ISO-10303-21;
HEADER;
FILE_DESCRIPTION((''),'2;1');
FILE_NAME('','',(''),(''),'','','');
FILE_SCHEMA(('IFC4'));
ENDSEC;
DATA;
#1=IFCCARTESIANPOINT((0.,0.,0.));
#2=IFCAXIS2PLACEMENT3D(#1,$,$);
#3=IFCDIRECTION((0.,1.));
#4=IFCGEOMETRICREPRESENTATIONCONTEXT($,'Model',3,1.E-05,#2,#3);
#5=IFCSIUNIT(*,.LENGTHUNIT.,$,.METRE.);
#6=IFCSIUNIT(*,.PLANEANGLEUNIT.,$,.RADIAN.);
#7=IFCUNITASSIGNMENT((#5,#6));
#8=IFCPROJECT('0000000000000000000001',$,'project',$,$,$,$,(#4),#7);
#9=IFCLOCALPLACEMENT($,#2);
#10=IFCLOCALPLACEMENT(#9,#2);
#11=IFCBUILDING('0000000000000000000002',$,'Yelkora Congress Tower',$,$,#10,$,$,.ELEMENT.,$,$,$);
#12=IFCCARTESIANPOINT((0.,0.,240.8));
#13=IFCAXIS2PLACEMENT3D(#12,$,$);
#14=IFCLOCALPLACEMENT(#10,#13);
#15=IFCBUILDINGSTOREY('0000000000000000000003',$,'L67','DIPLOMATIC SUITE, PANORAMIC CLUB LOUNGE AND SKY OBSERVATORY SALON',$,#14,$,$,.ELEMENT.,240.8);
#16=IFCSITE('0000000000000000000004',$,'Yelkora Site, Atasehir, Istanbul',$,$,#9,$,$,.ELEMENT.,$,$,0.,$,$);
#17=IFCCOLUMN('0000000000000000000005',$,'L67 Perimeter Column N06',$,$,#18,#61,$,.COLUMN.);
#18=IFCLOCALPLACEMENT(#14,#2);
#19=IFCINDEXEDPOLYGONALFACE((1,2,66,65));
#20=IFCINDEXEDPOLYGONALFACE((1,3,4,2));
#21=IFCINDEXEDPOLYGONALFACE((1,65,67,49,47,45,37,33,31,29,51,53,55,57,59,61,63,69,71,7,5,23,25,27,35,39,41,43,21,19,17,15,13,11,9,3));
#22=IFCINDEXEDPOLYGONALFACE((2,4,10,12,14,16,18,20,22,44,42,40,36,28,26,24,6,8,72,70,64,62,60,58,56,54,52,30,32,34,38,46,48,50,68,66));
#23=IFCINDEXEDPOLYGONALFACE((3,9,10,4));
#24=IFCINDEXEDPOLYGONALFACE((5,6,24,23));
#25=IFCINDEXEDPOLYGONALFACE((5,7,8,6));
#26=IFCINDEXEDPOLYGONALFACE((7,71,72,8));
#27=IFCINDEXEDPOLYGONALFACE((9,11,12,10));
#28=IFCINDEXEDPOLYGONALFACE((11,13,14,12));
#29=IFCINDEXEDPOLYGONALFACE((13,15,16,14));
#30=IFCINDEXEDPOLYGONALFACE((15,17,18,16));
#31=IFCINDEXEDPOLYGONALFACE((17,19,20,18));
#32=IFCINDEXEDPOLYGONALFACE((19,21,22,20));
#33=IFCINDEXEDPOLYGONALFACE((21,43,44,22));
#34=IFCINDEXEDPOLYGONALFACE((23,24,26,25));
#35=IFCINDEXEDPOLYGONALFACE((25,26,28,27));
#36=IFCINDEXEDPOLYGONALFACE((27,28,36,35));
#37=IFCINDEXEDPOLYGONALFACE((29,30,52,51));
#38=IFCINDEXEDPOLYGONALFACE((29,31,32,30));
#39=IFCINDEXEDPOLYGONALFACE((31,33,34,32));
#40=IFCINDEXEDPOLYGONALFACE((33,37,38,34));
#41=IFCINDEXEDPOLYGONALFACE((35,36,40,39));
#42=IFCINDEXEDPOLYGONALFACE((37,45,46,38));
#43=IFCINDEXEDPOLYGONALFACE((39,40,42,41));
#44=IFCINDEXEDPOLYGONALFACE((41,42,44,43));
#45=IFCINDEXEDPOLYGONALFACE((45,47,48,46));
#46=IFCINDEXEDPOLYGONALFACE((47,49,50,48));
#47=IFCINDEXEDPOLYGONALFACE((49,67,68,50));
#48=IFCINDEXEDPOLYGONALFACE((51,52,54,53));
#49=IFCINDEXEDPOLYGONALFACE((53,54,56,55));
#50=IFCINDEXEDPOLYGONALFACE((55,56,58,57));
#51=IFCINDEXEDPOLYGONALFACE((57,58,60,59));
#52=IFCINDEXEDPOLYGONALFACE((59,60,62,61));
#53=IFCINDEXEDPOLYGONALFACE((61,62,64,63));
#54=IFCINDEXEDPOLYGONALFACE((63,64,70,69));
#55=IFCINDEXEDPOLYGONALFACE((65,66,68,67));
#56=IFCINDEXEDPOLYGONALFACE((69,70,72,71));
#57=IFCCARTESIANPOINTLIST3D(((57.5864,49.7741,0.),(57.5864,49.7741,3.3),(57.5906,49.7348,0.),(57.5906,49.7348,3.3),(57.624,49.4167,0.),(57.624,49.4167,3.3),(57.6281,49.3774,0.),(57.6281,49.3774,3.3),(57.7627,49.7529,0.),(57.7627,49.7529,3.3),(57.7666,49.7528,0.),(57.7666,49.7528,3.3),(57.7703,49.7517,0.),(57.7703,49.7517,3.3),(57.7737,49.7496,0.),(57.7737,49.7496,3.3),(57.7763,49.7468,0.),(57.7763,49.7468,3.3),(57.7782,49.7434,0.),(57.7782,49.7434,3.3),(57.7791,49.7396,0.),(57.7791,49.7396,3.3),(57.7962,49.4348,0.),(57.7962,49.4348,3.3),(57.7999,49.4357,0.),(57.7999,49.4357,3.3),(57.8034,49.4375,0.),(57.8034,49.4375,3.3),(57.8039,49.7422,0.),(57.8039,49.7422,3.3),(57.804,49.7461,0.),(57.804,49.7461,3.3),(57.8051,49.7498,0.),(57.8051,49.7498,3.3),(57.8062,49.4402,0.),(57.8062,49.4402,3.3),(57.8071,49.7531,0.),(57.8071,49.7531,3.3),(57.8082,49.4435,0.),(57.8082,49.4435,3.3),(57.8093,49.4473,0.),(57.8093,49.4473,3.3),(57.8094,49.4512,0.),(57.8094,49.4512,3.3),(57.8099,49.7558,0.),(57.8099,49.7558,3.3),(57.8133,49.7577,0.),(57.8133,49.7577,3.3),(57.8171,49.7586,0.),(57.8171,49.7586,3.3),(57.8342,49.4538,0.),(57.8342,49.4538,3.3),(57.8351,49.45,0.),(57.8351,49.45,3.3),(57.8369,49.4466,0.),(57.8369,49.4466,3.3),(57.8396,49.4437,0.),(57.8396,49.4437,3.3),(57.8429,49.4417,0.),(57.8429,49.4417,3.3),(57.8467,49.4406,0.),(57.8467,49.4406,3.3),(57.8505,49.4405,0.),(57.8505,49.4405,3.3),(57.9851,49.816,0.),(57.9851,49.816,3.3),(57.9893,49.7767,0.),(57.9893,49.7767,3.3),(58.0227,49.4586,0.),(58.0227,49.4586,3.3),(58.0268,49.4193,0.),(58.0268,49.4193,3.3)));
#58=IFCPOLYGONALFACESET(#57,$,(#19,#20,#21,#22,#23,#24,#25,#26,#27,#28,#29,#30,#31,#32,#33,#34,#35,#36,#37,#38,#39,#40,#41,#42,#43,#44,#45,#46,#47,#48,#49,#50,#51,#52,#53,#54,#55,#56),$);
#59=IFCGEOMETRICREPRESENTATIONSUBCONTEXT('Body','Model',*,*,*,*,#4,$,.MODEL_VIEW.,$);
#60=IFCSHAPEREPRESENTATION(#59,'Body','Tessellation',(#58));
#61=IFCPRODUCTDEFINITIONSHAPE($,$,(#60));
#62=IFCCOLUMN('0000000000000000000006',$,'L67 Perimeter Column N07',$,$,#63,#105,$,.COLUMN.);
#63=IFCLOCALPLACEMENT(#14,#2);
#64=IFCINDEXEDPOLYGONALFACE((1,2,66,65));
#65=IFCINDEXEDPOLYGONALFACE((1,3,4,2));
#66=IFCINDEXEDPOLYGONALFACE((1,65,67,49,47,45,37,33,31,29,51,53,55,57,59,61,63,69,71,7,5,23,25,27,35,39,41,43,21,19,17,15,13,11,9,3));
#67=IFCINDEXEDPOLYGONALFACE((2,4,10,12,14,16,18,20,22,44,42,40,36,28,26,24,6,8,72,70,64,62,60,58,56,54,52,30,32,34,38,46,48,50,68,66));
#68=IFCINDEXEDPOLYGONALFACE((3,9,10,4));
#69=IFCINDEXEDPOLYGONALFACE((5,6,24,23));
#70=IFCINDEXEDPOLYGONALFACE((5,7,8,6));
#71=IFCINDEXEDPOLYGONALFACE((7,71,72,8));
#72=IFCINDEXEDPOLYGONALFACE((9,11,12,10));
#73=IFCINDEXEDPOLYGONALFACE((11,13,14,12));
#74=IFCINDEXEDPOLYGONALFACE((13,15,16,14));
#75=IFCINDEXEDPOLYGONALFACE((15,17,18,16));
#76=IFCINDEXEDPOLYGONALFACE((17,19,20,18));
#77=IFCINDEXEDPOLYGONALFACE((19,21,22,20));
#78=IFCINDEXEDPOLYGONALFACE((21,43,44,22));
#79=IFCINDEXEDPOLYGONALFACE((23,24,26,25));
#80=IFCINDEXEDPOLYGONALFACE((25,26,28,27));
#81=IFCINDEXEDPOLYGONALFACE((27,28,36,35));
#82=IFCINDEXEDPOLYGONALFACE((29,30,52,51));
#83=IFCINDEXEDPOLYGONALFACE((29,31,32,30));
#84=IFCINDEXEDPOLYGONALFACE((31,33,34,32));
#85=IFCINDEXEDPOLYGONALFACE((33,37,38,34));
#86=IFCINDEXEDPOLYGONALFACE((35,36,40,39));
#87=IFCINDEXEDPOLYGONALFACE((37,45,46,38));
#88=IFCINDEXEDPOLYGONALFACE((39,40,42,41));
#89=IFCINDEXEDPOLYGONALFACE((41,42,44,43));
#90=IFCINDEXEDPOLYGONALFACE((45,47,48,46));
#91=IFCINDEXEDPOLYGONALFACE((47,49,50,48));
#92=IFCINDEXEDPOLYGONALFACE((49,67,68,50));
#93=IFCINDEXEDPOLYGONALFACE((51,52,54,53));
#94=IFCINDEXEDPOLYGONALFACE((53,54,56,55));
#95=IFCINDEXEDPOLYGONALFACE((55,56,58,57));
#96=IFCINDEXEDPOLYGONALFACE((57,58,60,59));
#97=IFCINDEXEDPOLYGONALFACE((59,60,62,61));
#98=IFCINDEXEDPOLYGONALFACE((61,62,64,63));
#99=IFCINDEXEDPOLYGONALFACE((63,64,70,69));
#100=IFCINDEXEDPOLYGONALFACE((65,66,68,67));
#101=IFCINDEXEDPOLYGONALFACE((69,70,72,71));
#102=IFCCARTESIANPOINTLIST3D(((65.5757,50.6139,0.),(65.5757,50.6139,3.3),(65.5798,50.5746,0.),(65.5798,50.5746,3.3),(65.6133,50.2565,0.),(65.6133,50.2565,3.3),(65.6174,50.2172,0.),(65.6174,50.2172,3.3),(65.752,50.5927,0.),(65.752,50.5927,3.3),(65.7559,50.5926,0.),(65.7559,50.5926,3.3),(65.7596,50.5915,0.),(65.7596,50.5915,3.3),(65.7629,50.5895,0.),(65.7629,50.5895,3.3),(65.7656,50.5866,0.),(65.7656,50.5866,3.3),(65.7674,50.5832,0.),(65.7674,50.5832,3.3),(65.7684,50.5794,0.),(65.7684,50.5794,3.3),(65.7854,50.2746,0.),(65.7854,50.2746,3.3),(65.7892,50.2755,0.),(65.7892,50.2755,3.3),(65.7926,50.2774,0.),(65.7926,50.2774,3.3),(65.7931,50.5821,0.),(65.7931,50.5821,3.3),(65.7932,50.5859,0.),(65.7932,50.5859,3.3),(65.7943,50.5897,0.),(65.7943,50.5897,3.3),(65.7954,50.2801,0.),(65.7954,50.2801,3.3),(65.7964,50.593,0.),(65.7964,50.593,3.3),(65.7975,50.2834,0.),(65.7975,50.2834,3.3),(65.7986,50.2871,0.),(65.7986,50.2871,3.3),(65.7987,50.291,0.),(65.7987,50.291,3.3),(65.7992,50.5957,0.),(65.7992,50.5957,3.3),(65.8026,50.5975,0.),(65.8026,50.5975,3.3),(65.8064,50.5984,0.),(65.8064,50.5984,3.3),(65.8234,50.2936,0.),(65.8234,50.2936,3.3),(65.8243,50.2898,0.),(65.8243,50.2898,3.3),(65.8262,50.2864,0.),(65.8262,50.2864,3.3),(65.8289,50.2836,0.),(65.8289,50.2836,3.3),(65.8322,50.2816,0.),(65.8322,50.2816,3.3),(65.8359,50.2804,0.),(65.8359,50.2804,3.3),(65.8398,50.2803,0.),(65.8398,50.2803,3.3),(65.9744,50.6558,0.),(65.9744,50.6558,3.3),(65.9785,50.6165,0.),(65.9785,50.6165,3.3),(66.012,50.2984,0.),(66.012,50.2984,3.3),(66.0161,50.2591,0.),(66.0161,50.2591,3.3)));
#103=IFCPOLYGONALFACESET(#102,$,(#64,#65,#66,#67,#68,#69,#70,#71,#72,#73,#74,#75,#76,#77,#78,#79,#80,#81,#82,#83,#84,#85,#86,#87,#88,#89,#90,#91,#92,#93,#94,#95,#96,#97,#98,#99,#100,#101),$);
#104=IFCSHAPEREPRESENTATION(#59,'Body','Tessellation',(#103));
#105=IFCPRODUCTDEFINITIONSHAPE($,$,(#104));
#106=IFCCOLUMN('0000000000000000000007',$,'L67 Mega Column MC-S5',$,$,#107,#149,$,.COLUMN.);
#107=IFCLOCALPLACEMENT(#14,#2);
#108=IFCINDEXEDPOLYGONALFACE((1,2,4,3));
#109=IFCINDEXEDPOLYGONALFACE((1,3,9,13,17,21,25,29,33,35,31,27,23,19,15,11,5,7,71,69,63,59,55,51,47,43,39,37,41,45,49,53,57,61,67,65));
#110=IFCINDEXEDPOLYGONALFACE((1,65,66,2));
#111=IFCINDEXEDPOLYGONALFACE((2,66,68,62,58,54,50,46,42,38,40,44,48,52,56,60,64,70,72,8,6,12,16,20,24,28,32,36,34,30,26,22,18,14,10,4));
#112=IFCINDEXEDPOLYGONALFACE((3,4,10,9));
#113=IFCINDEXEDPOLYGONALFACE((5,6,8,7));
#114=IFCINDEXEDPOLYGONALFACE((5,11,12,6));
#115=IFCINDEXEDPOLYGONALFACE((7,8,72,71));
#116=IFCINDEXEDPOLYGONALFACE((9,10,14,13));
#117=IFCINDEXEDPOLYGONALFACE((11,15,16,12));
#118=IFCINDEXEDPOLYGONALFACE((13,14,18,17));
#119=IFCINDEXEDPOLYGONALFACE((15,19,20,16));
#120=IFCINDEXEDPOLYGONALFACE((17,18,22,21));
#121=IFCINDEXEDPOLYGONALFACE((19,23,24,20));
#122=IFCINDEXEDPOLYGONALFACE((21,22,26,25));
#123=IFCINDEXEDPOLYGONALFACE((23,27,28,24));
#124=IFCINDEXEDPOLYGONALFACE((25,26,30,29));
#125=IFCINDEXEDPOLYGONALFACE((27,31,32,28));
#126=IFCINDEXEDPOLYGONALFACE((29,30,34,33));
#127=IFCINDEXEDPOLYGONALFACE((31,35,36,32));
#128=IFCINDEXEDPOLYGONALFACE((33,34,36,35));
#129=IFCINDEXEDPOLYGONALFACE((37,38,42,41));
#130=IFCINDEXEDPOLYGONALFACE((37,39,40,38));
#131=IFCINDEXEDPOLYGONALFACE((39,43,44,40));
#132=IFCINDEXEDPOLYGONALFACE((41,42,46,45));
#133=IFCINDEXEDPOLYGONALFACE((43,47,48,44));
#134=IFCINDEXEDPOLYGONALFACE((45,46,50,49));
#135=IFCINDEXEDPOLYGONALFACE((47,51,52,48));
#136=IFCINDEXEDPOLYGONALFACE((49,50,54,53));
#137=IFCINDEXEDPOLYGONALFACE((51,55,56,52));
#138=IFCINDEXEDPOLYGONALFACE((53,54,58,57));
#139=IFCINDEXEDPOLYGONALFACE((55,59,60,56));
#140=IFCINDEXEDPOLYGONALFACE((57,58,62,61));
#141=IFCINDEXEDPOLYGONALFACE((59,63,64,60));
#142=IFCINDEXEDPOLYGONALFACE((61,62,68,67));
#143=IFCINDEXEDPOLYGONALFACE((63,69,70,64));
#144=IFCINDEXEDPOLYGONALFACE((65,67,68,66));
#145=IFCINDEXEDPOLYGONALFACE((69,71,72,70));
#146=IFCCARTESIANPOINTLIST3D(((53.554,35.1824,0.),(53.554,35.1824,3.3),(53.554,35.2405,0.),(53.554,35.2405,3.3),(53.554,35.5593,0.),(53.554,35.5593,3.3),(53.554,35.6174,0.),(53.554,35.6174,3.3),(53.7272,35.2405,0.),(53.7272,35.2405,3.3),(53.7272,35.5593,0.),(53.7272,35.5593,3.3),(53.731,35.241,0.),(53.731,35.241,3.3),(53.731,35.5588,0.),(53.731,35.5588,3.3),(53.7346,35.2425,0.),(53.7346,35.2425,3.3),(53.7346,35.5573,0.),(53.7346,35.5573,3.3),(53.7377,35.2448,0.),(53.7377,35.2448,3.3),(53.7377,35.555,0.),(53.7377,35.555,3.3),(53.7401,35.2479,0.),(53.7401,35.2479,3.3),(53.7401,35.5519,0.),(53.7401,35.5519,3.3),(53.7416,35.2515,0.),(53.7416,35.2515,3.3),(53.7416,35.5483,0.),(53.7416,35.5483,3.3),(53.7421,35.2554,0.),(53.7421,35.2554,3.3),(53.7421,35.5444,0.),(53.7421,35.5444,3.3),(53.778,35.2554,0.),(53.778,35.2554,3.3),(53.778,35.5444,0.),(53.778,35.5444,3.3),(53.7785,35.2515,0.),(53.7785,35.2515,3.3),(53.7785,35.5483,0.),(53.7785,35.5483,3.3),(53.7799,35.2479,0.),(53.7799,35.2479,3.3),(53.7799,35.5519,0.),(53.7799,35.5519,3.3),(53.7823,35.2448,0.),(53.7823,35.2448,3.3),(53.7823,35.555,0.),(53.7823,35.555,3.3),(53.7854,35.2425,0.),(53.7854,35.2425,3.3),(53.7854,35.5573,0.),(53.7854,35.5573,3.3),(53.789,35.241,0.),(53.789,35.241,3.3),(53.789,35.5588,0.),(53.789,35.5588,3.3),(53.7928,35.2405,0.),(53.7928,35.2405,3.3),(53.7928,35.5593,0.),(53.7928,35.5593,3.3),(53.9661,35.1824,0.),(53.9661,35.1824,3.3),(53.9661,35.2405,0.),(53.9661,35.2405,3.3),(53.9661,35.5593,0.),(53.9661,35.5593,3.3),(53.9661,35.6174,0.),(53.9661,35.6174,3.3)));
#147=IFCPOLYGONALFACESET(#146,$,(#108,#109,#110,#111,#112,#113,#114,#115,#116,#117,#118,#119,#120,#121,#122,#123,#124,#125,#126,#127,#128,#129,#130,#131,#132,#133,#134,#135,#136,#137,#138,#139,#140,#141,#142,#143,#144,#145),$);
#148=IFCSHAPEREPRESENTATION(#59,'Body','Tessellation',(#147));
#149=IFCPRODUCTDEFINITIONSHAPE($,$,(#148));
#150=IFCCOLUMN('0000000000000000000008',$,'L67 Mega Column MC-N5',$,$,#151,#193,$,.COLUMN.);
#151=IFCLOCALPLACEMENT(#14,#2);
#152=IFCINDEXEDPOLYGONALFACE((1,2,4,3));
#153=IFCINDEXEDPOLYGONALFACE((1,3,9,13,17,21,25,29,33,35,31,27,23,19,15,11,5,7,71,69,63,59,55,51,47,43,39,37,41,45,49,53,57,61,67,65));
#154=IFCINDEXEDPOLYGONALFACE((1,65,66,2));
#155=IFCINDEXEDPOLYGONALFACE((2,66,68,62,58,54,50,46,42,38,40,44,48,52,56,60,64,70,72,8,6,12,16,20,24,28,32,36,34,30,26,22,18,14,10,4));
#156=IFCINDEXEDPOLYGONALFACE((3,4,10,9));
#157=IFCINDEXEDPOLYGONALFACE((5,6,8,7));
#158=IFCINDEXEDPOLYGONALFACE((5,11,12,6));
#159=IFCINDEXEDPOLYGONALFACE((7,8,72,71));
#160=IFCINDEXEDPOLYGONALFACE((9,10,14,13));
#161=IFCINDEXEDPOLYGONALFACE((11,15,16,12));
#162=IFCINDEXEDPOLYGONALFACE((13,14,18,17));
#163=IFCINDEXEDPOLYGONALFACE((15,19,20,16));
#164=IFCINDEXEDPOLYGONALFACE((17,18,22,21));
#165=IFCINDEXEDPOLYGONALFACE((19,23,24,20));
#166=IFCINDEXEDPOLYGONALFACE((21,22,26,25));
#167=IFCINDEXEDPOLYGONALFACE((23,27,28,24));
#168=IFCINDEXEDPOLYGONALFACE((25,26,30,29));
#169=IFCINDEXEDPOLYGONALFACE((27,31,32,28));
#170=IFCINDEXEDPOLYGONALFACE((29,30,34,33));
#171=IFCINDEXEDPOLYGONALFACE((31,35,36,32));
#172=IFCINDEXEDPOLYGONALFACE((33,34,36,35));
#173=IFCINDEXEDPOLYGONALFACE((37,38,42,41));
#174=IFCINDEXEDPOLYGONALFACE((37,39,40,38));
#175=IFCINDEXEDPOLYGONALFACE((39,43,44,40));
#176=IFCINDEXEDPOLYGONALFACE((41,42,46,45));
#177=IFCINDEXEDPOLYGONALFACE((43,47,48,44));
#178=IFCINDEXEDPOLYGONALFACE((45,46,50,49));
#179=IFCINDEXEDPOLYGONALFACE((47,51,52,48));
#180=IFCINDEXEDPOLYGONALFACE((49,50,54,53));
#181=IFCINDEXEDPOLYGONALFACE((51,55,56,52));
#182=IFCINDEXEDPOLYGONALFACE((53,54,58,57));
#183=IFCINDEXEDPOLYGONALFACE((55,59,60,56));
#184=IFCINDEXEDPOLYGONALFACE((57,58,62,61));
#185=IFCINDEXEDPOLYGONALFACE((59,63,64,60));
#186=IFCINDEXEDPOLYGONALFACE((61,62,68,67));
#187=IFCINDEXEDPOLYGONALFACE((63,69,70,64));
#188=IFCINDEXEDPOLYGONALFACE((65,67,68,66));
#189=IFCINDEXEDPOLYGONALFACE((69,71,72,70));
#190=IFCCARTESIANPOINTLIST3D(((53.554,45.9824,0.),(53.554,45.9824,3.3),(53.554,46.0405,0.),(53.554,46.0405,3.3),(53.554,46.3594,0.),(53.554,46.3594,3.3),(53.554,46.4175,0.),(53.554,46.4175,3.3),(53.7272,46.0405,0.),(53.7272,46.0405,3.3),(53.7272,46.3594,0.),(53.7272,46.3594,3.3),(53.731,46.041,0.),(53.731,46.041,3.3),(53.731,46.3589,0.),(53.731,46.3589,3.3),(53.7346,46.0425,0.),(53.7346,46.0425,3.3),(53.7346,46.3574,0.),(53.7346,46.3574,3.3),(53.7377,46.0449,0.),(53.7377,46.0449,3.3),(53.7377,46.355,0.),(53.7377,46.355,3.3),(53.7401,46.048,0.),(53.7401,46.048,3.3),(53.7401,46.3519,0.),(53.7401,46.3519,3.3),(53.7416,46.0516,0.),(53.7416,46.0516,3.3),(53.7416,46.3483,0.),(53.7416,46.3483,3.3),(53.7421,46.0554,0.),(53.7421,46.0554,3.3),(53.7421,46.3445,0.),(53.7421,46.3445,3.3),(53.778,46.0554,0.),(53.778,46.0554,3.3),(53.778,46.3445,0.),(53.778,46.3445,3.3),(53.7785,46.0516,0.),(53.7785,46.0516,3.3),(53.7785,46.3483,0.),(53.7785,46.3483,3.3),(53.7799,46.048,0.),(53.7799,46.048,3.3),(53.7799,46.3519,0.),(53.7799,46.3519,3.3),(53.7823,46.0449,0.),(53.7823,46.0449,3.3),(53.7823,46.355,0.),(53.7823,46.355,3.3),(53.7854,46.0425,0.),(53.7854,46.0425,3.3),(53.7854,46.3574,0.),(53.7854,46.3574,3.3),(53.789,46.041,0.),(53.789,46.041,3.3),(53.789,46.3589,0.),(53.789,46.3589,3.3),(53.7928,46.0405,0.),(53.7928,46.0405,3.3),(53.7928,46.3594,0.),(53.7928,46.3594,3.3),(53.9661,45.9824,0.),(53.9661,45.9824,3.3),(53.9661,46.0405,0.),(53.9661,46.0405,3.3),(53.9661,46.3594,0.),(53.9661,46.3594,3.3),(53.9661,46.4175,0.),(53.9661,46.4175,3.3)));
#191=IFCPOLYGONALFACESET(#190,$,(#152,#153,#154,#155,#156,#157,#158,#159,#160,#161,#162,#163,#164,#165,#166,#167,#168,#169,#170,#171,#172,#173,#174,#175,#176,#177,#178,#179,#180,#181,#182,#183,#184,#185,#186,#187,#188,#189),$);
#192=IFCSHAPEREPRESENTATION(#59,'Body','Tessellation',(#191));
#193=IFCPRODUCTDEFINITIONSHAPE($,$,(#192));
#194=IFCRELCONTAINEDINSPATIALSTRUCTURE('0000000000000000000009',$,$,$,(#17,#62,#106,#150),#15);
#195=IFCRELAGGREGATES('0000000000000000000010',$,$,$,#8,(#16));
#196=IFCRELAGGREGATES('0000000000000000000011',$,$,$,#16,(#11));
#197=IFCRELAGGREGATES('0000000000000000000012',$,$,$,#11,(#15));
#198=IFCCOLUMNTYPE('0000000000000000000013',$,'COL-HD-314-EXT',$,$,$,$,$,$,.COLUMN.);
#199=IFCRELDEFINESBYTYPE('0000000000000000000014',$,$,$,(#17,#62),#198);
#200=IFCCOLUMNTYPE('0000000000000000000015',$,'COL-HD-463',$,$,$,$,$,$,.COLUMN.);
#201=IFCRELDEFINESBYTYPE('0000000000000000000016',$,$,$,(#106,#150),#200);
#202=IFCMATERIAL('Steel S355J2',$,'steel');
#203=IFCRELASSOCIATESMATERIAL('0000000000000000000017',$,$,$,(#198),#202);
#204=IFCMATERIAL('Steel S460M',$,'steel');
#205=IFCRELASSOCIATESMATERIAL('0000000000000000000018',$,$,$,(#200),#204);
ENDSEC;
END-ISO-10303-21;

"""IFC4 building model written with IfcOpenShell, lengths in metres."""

from ifc_helpers import new_model, si_unit, direction, frame, origin, origin_2d, place, context, subcontext, project, spatial, i_section, extrude, material, material_profile, profile_set, type_object, element, save


model = new_model("IFC4")

# Units and contexts
model_context = context("Model", 3, precision=1e-05, world=origin(), true_north=direction((0.0, 1.0)))
body_context = subcontext(model_context, "Body", "Model", "MODEL_VIEW")
ifc_project = project(units=[si_unit("LENGTHUNIT", "METRE"), si_unit("PLANEANGLEUNIT", "RADIAN")], contexts=[model_context])

# Site, building, storey
site_placement = place(None, origin())
site = spatial("IfcSite", under=ifc_project, at=site_placement, Name="Yelkora Site, Atasehir, Istanbul", CompositionType="ELEMENT", RefElevation=0.0)
building_placement = place(site_placement, origin())
building = spatial("IfcBuilding", under=site, at=building_placement, Name="Yelkora Congress Tower", CompositionType="ELEMENT")
storey_placement = place(building_placement, frame((0.0, 0.0, 240.8)))
storey = spatial("IfcBuildingStorey", under=building, at=storey_placement, Name="L67", Description="DIPLOMATIC SUITE, PANORAMIC CLUB LOUNGE AND SKY OBSERVATORY SALON", CompositionType="ELEMENT", Elevation=240.8)

# Columns
ifc_material_1 = material(Name="Steel S355J2", Category="steel")
ifc_material_profile_1 = material_profile(ifc_material_1, i_section(OverallWidth=0.4009, OverallDepth=0.3989, WebThickness=0.0249, FlangeThickness=0.0396, FilletRadius=0.0149, at=origin_2d()), Name="HD 400x314")
ifc_profile_set_1 = profile_set([ifc_material_profile_1], Name="Steel S355J2")
column_type_1 = type_object("IfcColumnType", Name="COL-HD-314-EXT", PredefinedType="COLUMN", material=ifc_profile_set_1)
for number, where, z_axis, x_axis, name in (
    (1, (57.8066, 49.5967, 0.0), (0.0, 0.0, 1.0), (0.994522, 0.104528, 0.0), "L67 Perimeter Column N06"),
    (2, (65.7959, 50.4365, 0.0), (0.0, 0.0, 1.0), (0.994522, 0.104528, 0.0), "L67 Perimeter Column N07"),
):
    element("IfcColumn", number, at=place(storey_placement, frame(where, z_axis=z_axis, x_axis=x_axis)), inside=storey, type_object=column_type_1, Name=name, PredefinedType="COLUMN", context=body_context, shape_type="SweptSolid", body=[
        extrude(i_section(OverallWidth=0.4009, OverallDepth=0.3989, WebThickness=0.0249, FlangeThickness=0.0396, FilletRadius=0.0149, at=origin_2d()), origin(), (0.0, 0.0, 1.0), 3.3),
    ])
ifc_material_2 = material(Name="Steel S460M", Category="steel")
ifc_material_profile_2 = material_profile(ifc_material_2, i_section(OverallWidth=0.4121, OverallDepth=0.4351, WebThickness=0.0359, FlangeThickness=0.0581, FilletRadius=0.0149, at=origin_2d()), Name="HD 400x463")
ifc_profile_set_2 = profile_set([ifc_material_profile_2], Name="Steel S460M")
column_type_2 = type_object("IfcColumnType", Name="COL-HD-463", PredefinedType="COLUMN", material=ifc_profile_set_2)
for number, where, z_axis, x_axis, name in (
    (3, (53.76, 35.3999, 0.0), (0.0, 0.0, 1.0), (1.0, 0.0, 0.0), "L67 Mega Column MC-S5"),
    (4, (53.76, 46.2, 0.0), (0.0, 0.0, 1.0), (1.0, 0.0, 0.0), "L67 Mega Column MC-N5"),
):
    element("IfcColumn", number, at=place(storey_placement, frame(where, z_axis=z_axis, x_axis=x_axis)), inside=storey, type_object=column_type_2, Name=name, PredefinedType="COLUMN", context=body_context, shape_type="SweptSolid", body=[
        extrude(i_section(OverallWidth=0.4121, OverallDepth=0.4351, WebThickness=0.0359, FlangeThickness=0.0581, FilletRadius=0.0149, at=origin_2d()), origin(), (0.0, 0.0, 1.0), 3.3),
    ])

save(model, "model.ifc")
